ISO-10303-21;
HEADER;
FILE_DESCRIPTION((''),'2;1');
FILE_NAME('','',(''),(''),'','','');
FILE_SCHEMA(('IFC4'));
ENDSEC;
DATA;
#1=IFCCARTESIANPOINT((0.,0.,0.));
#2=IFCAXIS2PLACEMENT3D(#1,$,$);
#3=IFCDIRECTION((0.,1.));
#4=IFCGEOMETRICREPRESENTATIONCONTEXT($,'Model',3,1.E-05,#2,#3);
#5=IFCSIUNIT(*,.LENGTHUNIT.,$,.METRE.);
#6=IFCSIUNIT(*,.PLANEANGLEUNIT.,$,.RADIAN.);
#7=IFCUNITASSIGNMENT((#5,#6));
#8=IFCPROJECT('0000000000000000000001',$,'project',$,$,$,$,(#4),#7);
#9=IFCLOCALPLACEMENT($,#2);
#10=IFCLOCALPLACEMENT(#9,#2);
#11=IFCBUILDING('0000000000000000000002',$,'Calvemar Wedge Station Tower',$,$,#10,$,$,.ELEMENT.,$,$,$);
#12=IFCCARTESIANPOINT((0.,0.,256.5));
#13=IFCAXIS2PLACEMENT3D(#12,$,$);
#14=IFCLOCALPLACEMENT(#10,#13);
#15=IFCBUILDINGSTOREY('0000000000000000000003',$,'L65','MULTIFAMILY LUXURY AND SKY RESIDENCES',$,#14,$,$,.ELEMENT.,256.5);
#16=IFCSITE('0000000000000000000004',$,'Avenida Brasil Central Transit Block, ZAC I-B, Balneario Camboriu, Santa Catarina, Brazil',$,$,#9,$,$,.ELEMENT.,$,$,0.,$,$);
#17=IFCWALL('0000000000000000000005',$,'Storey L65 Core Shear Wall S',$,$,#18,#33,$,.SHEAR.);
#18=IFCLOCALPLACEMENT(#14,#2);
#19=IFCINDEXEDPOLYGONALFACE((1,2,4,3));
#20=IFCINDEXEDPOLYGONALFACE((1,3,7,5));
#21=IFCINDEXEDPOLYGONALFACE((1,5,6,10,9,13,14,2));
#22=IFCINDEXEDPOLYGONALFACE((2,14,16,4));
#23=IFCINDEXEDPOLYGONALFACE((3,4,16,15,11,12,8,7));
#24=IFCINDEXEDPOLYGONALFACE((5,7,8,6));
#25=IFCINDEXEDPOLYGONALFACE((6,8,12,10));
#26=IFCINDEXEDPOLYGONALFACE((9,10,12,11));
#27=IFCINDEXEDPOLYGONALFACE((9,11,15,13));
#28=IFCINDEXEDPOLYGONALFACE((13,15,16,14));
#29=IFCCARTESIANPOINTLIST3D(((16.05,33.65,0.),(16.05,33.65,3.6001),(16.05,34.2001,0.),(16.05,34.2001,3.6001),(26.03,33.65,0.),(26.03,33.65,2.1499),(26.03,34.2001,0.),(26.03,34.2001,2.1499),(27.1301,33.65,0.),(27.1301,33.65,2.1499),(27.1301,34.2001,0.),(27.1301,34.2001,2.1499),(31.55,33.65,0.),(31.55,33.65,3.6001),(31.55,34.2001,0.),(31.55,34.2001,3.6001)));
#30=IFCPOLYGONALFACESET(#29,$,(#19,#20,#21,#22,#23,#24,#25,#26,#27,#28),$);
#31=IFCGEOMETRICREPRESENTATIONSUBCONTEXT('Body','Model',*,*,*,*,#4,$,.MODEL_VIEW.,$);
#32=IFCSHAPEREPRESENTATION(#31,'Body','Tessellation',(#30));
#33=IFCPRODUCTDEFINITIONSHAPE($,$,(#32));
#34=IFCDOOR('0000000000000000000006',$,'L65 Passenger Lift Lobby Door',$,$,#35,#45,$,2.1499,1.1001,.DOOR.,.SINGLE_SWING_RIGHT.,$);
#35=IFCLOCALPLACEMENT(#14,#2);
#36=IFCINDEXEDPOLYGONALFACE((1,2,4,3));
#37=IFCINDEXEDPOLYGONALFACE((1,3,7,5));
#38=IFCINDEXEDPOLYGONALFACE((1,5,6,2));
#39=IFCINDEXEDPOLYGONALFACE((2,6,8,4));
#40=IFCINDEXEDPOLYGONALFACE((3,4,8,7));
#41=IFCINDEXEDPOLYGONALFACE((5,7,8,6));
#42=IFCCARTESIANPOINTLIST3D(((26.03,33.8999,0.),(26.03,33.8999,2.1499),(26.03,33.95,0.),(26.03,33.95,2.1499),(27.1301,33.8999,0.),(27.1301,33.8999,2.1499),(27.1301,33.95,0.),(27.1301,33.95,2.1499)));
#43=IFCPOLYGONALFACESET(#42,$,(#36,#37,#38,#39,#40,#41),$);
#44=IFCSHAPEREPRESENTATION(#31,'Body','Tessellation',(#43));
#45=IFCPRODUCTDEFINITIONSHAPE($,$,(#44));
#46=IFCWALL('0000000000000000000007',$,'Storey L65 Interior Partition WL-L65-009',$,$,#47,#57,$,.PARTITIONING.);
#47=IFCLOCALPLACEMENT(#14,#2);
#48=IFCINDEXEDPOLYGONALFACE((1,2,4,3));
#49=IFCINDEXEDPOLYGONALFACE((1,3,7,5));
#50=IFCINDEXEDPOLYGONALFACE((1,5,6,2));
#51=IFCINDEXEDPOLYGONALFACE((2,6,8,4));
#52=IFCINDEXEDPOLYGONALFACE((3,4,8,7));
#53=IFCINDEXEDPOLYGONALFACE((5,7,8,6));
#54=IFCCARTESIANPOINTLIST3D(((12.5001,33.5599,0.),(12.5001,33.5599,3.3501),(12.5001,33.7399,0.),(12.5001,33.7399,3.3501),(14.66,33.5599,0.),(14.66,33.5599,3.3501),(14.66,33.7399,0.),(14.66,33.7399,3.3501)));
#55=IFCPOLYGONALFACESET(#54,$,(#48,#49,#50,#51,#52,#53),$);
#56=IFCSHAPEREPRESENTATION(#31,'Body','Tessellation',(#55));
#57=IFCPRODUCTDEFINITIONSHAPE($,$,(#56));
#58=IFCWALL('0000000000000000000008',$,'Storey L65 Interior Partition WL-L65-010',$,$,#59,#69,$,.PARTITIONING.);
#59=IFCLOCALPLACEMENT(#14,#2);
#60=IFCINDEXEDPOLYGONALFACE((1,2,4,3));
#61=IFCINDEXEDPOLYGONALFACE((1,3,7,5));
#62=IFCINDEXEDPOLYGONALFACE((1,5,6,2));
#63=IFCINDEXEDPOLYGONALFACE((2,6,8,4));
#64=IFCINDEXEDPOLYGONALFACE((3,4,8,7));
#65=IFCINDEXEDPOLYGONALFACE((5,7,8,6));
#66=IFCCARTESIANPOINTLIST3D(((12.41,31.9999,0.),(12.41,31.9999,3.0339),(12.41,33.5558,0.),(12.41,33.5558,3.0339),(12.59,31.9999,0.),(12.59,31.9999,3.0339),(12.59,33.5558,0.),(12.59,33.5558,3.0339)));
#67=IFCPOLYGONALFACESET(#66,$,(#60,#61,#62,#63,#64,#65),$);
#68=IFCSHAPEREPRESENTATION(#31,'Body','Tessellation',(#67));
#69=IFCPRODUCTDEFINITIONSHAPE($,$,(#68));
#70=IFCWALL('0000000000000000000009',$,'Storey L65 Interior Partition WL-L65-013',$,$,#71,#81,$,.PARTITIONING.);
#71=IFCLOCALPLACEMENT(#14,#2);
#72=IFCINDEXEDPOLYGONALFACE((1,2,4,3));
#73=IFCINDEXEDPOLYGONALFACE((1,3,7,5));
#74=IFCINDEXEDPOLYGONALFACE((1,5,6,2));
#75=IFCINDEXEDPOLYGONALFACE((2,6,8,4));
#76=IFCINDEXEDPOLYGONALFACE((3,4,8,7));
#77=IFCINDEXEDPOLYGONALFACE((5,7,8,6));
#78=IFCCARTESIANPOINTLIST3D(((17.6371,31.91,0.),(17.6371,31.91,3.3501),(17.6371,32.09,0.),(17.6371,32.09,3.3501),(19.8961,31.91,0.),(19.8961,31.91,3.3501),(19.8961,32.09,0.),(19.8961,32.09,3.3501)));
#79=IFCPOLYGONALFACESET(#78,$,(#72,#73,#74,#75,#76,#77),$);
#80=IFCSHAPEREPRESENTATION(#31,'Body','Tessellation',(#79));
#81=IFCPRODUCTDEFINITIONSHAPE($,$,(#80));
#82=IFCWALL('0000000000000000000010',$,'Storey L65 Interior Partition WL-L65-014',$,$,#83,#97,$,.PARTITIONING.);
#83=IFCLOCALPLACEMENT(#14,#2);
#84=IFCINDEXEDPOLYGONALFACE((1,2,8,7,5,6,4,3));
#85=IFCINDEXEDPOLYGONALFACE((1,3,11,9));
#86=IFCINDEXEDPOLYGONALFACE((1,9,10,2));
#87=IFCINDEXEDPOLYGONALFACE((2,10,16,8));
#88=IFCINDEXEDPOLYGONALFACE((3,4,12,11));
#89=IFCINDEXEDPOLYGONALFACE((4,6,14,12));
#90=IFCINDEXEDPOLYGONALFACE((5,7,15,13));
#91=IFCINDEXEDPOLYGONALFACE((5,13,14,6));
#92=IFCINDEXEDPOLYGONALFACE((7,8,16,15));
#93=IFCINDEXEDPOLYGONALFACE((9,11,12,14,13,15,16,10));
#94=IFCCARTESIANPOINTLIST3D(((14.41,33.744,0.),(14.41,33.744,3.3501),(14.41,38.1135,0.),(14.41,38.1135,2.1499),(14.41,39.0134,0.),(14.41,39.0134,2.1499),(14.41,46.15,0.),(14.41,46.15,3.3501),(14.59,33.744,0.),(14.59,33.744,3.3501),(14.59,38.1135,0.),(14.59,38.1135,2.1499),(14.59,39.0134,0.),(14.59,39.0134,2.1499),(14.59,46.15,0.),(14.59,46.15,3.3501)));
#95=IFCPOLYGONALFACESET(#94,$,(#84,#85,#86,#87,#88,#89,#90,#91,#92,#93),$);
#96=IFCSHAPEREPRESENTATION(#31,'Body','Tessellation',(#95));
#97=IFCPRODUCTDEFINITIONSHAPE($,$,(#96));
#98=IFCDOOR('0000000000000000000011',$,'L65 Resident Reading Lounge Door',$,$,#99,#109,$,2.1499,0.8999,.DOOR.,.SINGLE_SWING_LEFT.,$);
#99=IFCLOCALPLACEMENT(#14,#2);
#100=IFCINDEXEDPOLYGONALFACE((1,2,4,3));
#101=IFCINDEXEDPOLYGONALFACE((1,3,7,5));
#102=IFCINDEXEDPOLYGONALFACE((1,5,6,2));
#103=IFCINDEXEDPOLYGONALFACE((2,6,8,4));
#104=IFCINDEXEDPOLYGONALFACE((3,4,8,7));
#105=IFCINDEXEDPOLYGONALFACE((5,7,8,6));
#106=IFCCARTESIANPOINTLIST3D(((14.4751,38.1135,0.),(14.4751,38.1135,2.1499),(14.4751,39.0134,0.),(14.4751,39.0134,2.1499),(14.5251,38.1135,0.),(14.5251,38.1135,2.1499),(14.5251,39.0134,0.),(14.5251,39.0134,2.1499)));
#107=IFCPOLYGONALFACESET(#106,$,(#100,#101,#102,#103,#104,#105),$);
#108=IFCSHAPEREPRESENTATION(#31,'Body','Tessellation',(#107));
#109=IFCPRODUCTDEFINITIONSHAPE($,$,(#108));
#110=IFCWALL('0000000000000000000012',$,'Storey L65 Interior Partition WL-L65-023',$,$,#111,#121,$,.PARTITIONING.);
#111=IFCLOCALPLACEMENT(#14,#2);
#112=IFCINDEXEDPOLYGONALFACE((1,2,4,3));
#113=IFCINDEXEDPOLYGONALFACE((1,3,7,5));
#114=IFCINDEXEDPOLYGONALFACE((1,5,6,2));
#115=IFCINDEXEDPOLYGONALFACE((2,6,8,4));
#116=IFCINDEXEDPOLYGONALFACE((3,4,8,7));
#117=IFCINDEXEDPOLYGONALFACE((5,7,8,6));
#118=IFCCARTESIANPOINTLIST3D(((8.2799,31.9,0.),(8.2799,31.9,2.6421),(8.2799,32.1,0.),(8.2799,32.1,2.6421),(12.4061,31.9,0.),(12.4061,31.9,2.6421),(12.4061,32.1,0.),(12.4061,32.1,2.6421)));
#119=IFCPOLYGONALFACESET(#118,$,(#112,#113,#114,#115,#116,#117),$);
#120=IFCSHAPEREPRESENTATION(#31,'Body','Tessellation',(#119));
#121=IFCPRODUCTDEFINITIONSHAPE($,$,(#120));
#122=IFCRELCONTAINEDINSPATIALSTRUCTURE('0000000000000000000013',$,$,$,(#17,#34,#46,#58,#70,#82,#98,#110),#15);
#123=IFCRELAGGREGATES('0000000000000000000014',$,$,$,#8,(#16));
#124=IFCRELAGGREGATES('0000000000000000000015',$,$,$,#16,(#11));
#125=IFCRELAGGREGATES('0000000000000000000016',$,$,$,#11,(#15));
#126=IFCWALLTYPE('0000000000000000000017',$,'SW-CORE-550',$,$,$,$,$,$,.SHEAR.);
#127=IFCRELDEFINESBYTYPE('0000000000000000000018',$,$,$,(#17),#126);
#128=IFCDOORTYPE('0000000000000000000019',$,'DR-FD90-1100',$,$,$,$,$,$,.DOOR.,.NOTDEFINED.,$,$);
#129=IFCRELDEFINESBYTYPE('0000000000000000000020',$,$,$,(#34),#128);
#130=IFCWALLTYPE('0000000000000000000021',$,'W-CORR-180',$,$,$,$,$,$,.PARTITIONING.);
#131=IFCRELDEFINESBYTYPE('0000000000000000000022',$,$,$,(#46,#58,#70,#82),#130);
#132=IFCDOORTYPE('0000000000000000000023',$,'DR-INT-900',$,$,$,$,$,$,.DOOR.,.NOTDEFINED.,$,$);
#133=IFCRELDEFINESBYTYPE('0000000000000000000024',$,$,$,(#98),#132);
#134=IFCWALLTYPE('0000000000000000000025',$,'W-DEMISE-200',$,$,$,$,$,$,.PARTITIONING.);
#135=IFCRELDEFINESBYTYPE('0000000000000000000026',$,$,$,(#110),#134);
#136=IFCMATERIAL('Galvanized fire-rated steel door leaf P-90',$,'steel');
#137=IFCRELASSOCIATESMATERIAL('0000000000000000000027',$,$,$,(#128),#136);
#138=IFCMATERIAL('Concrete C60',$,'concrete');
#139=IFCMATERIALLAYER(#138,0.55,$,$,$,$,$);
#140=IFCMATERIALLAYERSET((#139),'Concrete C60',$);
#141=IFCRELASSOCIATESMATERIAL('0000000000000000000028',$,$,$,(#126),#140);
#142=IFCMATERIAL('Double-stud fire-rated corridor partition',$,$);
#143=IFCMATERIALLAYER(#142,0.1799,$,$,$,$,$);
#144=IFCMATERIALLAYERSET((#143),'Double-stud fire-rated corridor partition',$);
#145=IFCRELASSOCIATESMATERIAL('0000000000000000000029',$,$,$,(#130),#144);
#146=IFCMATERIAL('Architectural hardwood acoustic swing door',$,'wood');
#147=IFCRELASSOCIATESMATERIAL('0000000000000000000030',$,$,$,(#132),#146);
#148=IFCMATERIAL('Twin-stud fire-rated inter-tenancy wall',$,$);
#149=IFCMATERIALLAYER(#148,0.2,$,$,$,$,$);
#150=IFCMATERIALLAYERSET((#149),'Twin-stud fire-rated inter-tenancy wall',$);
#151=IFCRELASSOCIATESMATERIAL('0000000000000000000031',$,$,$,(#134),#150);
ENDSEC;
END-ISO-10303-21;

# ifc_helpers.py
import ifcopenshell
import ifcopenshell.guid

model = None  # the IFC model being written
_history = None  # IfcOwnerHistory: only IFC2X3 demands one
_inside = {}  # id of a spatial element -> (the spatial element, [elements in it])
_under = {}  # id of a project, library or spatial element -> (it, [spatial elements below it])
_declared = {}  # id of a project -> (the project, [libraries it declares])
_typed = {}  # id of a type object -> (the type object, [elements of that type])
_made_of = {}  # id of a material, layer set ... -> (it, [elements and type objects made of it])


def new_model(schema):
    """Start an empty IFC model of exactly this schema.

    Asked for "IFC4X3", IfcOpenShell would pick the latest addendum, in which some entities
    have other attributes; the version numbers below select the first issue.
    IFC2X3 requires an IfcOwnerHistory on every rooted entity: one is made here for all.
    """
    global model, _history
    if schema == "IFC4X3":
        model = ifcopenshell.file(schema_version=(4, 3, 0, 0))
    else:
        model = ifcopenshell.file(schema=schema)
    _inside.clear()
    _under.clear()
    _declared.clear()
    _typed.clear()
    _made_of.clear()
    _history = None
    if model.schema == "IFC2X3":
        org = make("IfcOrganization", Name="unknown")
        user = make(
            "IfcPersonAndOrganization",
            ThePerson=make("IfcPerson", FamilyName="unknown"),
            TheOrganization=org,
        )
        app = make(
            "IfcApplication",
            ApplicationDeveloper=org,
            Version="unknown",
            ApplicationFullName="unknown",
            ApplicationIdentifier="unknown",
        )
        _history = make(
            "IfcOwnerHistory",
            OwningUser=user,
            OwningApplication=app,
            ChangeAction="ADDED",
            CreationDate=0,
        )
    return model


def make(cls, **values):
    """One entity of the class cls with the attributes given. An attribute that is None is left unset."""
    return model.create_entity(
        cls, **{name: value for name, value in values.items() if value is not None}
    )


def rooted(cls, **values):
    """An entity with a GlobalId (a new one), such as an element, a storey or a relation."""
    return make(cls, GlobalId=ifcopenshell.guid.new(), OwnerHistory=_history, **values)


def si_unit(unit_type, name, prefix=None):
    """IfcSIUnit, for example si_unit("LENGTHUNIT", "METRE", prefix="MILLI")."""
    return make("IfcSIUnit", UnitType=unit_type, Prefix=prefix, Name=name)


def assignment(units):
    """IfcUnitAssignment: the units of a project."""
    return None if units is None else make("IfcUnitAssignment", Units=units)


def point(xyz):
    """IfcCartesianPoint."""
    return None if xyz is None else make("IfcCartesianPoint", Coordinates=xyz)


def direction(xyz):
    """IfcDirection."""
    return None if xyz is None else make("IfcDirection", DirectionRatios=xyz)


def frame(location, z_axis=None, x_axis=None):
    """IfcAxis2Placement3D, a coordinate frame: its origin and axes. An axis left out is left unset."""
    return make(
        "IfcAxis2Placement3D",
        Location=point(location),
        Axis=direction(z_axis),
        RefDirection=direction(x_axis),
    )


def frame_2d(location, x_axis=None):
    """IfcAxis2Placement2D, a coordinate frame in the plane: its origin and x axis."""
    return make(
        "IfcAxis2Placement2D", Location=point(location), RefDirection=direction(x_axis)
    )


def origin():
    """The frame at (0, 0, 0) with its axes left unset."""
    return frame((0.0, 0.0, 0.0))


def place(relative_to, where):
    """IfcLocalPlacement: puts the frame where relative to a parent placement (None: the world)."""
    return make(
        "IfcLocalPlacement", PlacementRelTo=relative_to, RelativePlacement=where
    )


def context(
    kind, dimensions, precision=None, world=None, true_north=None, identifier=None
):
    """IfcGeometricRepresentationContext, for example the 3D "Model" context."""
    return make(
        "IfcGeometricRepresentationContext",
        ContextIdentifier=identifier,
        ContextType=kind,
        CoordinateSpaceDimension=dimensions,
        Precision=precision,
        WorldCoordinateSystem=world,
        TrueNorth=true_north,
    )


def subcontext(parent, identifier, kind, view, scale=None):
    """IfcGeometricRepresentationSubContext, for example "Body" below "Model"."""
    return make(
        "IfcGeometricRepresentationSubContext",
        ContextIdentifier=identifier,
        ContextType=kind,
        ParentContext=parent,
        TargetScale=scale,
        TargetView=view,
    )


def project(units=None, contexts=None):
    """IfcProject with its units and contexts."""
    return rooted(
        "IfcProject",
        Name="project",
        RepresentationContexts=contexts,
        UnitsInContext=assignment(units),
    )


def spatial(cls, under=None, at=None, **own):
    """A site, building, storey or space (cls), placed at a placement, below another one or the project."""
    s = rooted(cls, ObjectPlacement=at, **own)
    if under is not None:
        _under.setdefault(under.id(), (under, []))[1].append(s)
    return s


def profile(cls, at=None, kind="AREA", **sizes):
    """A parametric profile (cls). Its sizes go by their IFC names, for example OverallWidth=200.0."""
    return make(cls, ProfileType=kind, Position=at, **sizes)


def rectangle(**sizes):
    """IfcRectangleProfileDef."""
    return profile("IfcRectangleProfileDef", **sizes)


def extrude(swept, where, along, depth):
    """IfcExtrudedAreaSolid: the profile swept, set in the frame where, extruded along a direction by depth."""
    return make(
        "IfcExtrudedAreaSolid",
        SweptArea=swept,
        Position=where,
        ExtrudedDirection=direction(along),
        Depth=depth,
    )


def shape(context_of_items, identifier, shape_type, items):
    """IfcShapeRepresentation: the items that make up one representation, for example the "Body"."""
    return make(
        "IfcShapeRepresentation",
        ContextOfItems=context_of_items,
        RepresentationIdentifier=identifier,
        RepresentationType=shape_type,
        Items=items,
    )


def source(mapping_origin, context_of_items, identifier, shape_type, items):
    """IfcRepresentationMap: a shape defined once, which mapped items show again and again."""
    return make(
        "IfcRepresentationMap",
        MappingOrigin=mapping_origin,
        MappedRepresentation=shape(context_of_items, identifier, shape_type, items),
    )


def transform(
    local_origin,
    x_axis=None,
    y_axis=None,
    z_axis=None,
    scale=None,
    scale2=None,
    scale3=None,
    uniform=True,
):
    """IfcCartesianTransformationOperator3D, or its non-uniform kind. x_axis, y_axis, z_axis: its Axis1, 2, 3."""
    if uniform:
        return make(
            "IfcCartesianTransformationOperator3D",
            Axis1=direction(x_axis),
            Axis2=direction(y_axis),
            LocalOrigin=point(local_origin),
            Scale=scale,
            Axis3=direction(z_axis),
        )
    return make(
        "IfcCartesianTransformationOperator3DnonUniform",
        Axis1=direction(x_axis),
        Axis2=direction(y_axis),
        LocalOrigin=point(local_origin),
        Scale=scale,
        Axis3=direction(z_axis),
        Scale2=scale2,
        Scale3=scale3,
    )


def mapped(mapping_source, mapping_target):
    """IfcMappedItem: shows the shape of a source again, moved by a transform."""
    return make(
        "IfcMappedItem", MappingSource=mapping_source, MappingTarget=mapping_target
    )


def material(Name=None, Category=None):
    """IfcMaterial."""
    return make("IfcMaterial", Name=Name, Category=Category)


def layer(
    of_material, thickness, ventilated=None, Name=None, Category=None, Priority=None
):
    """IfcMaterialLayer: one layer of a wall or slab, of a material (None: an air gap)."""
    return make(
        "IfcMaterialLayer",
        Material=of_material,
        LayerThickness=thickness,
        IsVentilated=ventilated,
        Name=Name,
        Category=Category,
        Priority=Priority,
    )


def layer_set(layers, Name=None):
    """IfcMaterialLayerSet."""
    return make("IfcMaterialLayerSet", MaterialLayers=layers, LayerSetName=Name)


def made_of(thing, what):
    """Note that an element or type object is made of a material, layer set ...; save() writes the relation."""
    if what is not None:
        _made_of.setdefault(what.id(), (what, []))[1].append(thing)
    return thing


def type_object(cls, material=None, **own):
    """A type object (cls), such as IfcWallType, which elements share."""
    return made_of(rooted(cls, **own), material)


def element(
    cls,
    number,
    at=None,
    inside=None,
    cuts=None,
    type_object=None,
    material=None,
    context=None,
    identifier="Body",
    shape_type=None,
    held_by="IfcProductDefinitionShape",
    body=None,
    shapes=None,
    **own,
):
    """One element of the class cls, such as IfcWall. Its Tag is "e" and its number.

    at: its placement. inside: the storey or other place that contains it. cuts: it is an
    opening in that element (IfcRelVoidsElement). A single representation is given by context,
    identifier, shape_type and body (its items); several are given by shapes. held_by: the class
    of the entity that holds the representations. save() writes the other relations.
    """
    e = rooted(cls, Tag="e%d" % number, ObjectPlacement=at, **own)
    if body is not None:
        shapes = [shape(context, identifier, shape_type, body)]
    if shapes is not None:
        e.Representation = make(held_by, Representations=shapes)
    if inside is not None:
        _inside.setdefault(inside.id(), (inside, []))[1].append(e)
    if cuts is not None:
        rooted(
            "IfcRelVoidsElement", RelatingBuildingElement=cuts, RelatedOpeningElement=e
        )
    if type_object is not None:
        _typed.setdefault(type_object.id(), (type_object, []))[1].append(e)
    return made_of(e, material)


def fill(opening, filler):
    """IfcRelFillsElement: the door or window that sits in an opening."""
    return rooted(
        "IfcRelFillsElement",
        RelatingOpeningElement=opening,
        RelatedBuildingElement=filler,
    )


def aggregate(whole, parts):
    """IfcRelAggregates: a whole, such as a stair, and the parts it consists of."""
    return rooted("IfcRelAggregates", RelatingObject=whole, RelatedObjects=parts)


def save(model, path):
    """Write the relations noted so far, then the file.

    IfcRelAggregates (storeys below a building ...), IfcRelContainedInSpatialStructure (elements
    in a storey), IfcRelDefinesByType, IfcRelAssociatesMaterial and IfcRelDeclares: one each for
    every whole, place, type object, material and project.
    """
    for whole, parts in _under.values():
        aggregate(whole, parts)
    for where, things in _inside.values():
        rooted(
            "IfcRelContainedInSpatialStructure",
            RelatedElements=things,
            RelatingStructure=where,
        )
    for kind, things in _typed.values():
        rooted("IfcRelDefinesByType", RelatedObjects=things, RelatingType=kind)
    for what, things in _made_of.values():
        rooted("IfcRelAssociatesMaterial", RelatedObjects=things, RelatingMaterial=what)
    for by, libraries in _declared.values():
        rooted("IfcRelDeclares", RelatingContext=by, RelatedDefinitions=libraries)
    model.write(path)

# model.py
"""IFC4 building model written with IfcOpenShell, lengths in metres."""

from ifc_helpers import new_model, si_unit, direction, frame, frame_2d, origin, place, context, subcontext, project, spatial, rectangle, extrude, source, transform, mapped, material, layer, layer_set, type_object, element, fill, save


model = new_model("IFC4")

# Units and contexts
model_context = context("Model", 3, precision=1e-05, world=origin(), true_north=direction((0.0, 1.0)))
body_context = subcontext(model_context, "Body", "Model", "MODEL_VIEW")
ifc_project = project(units=[si_unit("LENGTHUNIT", "METRE"), si_unit("PLANEANGLEUNIT", "RADIAN")], contexts=[model_context])

# Site, building, storey
site_placement = place(None, origin())
site = spatial("IfcSite", under=ifc_project, at=site_placement, Name="Avenida Brasil Central Transit Block, ZAC I-B, Balneario Camboriu, Santa Catarina, Brazil", CompositionType="ELEMENT", RefElevation=0.0)
building_placement = place(site_placement, origin())
building = spatial("IfcBuilding", under=site, at=building_placement, Name="Calvemar Wedge Station Tower", CompositionType="ELEMENT")
storey_placement = place(building_placement, frame((0.0, 0.0, 256.5)))
storey = spatial("IfcBuildingStorey", under=building, at=storey_placement, Name="L65", Description="MULTIFAMILY LUXURY AND SKY RESIDENCES", CompositionType="ELEMENT", Elevation=256.5)

# Wall, opening, door
ifc_material_1 = material(Name="Galvanized fire-rated steel door leaf P-90", Category="steel")
door_type_1 = type_object("IfcDoorType", Name="DR-FD90-1100", OperationType="NOTDEFINED", PredefinedType="DOOR", material=ifc_material_1)
shared_shape_1 = source(origin(), body_context, "Body", "SweptSolid", [
    extrude(rectangle(XDim=1.1001, YDim=2.1499, at=frame_2d((0.55, 1.075))), frame((0.0, 0.0249, 0.0), z_axis=(0.0, -1.0, 0.0), x_axis=(1.0, 0.0, 0.0)), (0.0, 0.0, 1.0), 0.05),
])
ifc_material_2 = material(Name="Concrete C60", Category="concrete")
ifc_layer_1 = layer(ifc_material_2, 0.55)
ifc_layer_set_1 = layer_set([ifc_layer_1], Name="Concrete C60")
wall_type_1 = type_object("IfcWallType", Name="SW-CORE-550", PredefinedType="SHEAR", material=ifc_layer_set_1)
wall_1_placement = place(storey_placement, frame((16.05, 33.925, 0.0), z_axis=(0.0, 0.0, 1.0), x_axis=(1.0, 0.0, 0.0)))
wall_1 = element("IfcWall", 1, at=wall_1_placement, inside=storey, type_object=wall_type_1, Name="Storey L65 Core Shear Wall S", PredefinedType="SHEAR", context=body_context, shape_type="SweptSolid", body=[
    extrude(rectangle(XDim=15.5, YDim=0.55, at=frame_2d((7.75, 0.0))), origin(), (0.0, 0.0, 1.0), 3.6001),
])
shared_shape_2 = source(origin(), body_context, "Body", "SweptSolid", [
    extrude(rectangle(XDim=1.1001, YDim=2.1499, at=frame_2d((0.55, 1.075))), frame((0.0, 0.2852, 0.0), z_axis=(0.0, -1.0, 0.0), x_axis=(1.0, 0.0, 0.0)), (0.0, 0.0, 1.0), 0.5701),
])
opening_1_placement = place(wall_1_placement, frame((9.98, 0.0, 0.0)))
opening_1 = element("IfcOpeningElement", 2, at=opening_1_placement, cuts=wall_1, PredefinedType="OPENING", context=body_context, shape_type="MappedRepresentation", body=[
    mapped(shared_shape_2, transform((0.0, 0.0, 0.0), scale=1.0)),
])
door_1_placement = place(opening_1_placement, origin())
door_1 = element("IfcDoor", 3, at=door_1_placement, inside=storey, type_object=door_type_1, Name="L65 Passenger Lift Lobby Door", OperationType="SINGLE_SWING_RIGHT", OverallHeight=2.1499, OverallWidth=1.1001, PredefinedType="DOOR", context=body_context, shape_type="MappedRepresentation", body=[
    mapped(shared_shape_1, transform((0.0, 0.0, 0.0), scale=1.0)),
])
fill(opening_1, door_1)

# Walls
ifc_material_3 = material(Name="Double-stud fire-rated corridor partition")
ifc_layer_2 = layer(ifc_material_3, 0.1799)
ifc_layer_set_2 = layer_set([ifc_layer_2], Name="Double-stud fire-rated corridor partition")
wall_type_2 = type_object("IfcWallType", Name="W-CORR-180", PredefinedType="PARTITIONING", material=ifc_layer_set_2)
wall_2_placement = place(storey_placement, frame((12.5, 33.6499, 0.0), z_axis=(0.0, 0.0, 1.0), x_axis=(1.0, 0.0, 0.0)))
element("IfcWall", 4, at=wall_2_placement, inside=storey, type_object=wall_type_2, Name="Storey L65 Interior Partition WL-L65-009", PredefinedType="PARTITIONING", context=body_context, shape_type="SweptSolid", body=[
    extrude(rectangle(XDim=2.1599, YDim=0.1799, at=frame_2d((1.0801, 0.0))), origin(), (0.0, 0.0, 1.0), 3.3501),
])
wall_3_placement = place(storey_placement, frame((12.5, 32.0, 0.0), z_axis=(0.0, 0.0, 1.0), x_axis=(0.0, 1.0, 0.0)))
element("IfcWall", 5, at=wall_3_placement, inside=storey, type_object=wall_type_2, Name="Storey L65 Interior Partition WL-L65-010", PredefinedType="PARTITIONING", context=body_context, shape_type="SweptSolid", body=[
    extrude(rectangle(XDim=1.5559, YDim=0.1799, at=frame_2d((0.7778, 0.0))), origin(), (0.0, 0.0, 1.0), 3.0339),
])

# Shared definitions
shared_shape_3 = source(origin(), body_context, "Body", "SweptSolid", [
    extrude(rectangle(XDim=0.8999, YDim=2.1499, at=frame_2d((0.45, 1.075))), frame((0.0, 0.1001, 0.0), z_axis=(0.0, -1.0, 0.0), x_axis=(1.0, 0.0, 0.0)), (0.0, 0.0, 1.0), 0.2),
])

# Wall
wall_4_placement = place(storey_placement, frame((19.896, 32.0, 0.0), z_axis=(0.0, 0.0, 1.0), x_axis=(-1.0, 0.0, 0.0)))
element("IfcWall", 6, at=wall_4_placement, inside=storey, type_object=wall_type_2, Name="Storey L65 Interior Partition WL-L65-013", PredefinedType="PARTITIONING", context=body_context, shape_type="SweptSolid", body=[
    extrude(rectangle(XDim=2.259, YDim=0.1799, at=frame_2d((1.1294, 0.0))), origin(), (0.0, 0.0, 1.0), 3.3501),
])

# Wall, opening, door
wall_5_placement = place(storey_placement, frame((14.5, 33.7439, 0.0), z_axis=(0.0, 0.0, 1.0), x_axis=(0.0, 1.0, 0.0)))
wall_5 = element("IfcWall", 7, at=wall_5_placement, inside=storey, type_object=wall_type_2, Name="Storey L65 Interior Partition WL-L65-014", PredefinedType="PARTITIONING", context=body_context, shape_type="SweptSolid", body=[
    extrude(rectangle(XDim=12.406, YDim=0.1799, at=frame_2d((6.2031, 0.0))), origin(), (0.0, 0.0, 1.0), 3.3501),
])
opening_2_placement = place(wall_5_placement, frame((4.3696, 0.0, 0.0)))
opening_2 = element("IfcOpeningElement", 8, at=opening_2_placement, cuts=wall_5, PredefinedType="OPENING", context=body_context, shape_type="MappedRepresentation", body=[
    mapped(shared_shape_3, transform((0.0, 0.0, 0.0), scale=1.0)),
])
ifc_material_4 = material(Name="Architectural hardwood acoustic swing door", Category="wood")
door_type_2 = type_object("IfcDoorType", Name="DR-INT-900", OperationType="NOTDEFINED", PredefinedType="DOOR", material=ifc_material_4)
shared_shape_4 = source(origin(), body_context, "Body", "SweptSolid", [
    extrude(rectangle(XDim=0.8999, YDim=2.1499, at=frame_2d((0.45, 1.075))), frame((0.0, 0.0249, 0.0), z_axis=(0.0, -1.0, 0.0), x_axis=(1.0, 0.0, 0.0)), (0.0, 0.0, 1.0), 0.05),
])
door_2_placement = place(opening_2_placement, origin())
door_2 = element("IfcDoor", 9, at=door_2_placement, inside=storey, type_object=door_type_2, Name="L65 Resident Reading Lounge Door", OperationType="SINGLE_SWING_LEFT", OverallHeight=2.1499, OverallWidth=0.8999, PredefinedType="DOOR", context=body_context, shape_type="MappedRepresentation", body=[
    mapped(shared_shape_4, transform((0.0, 0.0, 0.0), scale=1.0)),
])
fill(opening_2, door_2)

# Wall
ifc_material_5 = material(Name="Twin-stud fire-rated inter-tenancy wall")
ifc_layer_3 = layer(ifc_material_5, 0.2)
ifc_layer_set_3 = layer_set([ifc_layer_3], Name="Twin-stud fire-rated inter-tenancy wall")
wall_type_3 = type_object("IfcWallType", Name="W-DEMISE-200", PredefinedType="PARTITIONING", material=ifc_layer_set_3)
wall_6_placement = place(storey_placement, frame((12.406, 32.0, 0.0), z_axis=(0.0, 0.0, 1.0), x_axis=(-1.0, 0.0, 0.0)))
element("IfcWall", 10, at=wall_6_placement, inside=storey, type_object=wall_type_3, Name="Storey L65 Interior Partition WL-L65-023", PredefinedType="PARTITIONING", context=body_context, shape_type="SweptSolid", body=[
    extrude(rectangle(XDim=4.1262, YDim=0.2, at=frame_2d((2.063, 0.0))), origin(), (0.0, 0.0, 1.0), 2.6421),
])

save(model, "model.ifc")
